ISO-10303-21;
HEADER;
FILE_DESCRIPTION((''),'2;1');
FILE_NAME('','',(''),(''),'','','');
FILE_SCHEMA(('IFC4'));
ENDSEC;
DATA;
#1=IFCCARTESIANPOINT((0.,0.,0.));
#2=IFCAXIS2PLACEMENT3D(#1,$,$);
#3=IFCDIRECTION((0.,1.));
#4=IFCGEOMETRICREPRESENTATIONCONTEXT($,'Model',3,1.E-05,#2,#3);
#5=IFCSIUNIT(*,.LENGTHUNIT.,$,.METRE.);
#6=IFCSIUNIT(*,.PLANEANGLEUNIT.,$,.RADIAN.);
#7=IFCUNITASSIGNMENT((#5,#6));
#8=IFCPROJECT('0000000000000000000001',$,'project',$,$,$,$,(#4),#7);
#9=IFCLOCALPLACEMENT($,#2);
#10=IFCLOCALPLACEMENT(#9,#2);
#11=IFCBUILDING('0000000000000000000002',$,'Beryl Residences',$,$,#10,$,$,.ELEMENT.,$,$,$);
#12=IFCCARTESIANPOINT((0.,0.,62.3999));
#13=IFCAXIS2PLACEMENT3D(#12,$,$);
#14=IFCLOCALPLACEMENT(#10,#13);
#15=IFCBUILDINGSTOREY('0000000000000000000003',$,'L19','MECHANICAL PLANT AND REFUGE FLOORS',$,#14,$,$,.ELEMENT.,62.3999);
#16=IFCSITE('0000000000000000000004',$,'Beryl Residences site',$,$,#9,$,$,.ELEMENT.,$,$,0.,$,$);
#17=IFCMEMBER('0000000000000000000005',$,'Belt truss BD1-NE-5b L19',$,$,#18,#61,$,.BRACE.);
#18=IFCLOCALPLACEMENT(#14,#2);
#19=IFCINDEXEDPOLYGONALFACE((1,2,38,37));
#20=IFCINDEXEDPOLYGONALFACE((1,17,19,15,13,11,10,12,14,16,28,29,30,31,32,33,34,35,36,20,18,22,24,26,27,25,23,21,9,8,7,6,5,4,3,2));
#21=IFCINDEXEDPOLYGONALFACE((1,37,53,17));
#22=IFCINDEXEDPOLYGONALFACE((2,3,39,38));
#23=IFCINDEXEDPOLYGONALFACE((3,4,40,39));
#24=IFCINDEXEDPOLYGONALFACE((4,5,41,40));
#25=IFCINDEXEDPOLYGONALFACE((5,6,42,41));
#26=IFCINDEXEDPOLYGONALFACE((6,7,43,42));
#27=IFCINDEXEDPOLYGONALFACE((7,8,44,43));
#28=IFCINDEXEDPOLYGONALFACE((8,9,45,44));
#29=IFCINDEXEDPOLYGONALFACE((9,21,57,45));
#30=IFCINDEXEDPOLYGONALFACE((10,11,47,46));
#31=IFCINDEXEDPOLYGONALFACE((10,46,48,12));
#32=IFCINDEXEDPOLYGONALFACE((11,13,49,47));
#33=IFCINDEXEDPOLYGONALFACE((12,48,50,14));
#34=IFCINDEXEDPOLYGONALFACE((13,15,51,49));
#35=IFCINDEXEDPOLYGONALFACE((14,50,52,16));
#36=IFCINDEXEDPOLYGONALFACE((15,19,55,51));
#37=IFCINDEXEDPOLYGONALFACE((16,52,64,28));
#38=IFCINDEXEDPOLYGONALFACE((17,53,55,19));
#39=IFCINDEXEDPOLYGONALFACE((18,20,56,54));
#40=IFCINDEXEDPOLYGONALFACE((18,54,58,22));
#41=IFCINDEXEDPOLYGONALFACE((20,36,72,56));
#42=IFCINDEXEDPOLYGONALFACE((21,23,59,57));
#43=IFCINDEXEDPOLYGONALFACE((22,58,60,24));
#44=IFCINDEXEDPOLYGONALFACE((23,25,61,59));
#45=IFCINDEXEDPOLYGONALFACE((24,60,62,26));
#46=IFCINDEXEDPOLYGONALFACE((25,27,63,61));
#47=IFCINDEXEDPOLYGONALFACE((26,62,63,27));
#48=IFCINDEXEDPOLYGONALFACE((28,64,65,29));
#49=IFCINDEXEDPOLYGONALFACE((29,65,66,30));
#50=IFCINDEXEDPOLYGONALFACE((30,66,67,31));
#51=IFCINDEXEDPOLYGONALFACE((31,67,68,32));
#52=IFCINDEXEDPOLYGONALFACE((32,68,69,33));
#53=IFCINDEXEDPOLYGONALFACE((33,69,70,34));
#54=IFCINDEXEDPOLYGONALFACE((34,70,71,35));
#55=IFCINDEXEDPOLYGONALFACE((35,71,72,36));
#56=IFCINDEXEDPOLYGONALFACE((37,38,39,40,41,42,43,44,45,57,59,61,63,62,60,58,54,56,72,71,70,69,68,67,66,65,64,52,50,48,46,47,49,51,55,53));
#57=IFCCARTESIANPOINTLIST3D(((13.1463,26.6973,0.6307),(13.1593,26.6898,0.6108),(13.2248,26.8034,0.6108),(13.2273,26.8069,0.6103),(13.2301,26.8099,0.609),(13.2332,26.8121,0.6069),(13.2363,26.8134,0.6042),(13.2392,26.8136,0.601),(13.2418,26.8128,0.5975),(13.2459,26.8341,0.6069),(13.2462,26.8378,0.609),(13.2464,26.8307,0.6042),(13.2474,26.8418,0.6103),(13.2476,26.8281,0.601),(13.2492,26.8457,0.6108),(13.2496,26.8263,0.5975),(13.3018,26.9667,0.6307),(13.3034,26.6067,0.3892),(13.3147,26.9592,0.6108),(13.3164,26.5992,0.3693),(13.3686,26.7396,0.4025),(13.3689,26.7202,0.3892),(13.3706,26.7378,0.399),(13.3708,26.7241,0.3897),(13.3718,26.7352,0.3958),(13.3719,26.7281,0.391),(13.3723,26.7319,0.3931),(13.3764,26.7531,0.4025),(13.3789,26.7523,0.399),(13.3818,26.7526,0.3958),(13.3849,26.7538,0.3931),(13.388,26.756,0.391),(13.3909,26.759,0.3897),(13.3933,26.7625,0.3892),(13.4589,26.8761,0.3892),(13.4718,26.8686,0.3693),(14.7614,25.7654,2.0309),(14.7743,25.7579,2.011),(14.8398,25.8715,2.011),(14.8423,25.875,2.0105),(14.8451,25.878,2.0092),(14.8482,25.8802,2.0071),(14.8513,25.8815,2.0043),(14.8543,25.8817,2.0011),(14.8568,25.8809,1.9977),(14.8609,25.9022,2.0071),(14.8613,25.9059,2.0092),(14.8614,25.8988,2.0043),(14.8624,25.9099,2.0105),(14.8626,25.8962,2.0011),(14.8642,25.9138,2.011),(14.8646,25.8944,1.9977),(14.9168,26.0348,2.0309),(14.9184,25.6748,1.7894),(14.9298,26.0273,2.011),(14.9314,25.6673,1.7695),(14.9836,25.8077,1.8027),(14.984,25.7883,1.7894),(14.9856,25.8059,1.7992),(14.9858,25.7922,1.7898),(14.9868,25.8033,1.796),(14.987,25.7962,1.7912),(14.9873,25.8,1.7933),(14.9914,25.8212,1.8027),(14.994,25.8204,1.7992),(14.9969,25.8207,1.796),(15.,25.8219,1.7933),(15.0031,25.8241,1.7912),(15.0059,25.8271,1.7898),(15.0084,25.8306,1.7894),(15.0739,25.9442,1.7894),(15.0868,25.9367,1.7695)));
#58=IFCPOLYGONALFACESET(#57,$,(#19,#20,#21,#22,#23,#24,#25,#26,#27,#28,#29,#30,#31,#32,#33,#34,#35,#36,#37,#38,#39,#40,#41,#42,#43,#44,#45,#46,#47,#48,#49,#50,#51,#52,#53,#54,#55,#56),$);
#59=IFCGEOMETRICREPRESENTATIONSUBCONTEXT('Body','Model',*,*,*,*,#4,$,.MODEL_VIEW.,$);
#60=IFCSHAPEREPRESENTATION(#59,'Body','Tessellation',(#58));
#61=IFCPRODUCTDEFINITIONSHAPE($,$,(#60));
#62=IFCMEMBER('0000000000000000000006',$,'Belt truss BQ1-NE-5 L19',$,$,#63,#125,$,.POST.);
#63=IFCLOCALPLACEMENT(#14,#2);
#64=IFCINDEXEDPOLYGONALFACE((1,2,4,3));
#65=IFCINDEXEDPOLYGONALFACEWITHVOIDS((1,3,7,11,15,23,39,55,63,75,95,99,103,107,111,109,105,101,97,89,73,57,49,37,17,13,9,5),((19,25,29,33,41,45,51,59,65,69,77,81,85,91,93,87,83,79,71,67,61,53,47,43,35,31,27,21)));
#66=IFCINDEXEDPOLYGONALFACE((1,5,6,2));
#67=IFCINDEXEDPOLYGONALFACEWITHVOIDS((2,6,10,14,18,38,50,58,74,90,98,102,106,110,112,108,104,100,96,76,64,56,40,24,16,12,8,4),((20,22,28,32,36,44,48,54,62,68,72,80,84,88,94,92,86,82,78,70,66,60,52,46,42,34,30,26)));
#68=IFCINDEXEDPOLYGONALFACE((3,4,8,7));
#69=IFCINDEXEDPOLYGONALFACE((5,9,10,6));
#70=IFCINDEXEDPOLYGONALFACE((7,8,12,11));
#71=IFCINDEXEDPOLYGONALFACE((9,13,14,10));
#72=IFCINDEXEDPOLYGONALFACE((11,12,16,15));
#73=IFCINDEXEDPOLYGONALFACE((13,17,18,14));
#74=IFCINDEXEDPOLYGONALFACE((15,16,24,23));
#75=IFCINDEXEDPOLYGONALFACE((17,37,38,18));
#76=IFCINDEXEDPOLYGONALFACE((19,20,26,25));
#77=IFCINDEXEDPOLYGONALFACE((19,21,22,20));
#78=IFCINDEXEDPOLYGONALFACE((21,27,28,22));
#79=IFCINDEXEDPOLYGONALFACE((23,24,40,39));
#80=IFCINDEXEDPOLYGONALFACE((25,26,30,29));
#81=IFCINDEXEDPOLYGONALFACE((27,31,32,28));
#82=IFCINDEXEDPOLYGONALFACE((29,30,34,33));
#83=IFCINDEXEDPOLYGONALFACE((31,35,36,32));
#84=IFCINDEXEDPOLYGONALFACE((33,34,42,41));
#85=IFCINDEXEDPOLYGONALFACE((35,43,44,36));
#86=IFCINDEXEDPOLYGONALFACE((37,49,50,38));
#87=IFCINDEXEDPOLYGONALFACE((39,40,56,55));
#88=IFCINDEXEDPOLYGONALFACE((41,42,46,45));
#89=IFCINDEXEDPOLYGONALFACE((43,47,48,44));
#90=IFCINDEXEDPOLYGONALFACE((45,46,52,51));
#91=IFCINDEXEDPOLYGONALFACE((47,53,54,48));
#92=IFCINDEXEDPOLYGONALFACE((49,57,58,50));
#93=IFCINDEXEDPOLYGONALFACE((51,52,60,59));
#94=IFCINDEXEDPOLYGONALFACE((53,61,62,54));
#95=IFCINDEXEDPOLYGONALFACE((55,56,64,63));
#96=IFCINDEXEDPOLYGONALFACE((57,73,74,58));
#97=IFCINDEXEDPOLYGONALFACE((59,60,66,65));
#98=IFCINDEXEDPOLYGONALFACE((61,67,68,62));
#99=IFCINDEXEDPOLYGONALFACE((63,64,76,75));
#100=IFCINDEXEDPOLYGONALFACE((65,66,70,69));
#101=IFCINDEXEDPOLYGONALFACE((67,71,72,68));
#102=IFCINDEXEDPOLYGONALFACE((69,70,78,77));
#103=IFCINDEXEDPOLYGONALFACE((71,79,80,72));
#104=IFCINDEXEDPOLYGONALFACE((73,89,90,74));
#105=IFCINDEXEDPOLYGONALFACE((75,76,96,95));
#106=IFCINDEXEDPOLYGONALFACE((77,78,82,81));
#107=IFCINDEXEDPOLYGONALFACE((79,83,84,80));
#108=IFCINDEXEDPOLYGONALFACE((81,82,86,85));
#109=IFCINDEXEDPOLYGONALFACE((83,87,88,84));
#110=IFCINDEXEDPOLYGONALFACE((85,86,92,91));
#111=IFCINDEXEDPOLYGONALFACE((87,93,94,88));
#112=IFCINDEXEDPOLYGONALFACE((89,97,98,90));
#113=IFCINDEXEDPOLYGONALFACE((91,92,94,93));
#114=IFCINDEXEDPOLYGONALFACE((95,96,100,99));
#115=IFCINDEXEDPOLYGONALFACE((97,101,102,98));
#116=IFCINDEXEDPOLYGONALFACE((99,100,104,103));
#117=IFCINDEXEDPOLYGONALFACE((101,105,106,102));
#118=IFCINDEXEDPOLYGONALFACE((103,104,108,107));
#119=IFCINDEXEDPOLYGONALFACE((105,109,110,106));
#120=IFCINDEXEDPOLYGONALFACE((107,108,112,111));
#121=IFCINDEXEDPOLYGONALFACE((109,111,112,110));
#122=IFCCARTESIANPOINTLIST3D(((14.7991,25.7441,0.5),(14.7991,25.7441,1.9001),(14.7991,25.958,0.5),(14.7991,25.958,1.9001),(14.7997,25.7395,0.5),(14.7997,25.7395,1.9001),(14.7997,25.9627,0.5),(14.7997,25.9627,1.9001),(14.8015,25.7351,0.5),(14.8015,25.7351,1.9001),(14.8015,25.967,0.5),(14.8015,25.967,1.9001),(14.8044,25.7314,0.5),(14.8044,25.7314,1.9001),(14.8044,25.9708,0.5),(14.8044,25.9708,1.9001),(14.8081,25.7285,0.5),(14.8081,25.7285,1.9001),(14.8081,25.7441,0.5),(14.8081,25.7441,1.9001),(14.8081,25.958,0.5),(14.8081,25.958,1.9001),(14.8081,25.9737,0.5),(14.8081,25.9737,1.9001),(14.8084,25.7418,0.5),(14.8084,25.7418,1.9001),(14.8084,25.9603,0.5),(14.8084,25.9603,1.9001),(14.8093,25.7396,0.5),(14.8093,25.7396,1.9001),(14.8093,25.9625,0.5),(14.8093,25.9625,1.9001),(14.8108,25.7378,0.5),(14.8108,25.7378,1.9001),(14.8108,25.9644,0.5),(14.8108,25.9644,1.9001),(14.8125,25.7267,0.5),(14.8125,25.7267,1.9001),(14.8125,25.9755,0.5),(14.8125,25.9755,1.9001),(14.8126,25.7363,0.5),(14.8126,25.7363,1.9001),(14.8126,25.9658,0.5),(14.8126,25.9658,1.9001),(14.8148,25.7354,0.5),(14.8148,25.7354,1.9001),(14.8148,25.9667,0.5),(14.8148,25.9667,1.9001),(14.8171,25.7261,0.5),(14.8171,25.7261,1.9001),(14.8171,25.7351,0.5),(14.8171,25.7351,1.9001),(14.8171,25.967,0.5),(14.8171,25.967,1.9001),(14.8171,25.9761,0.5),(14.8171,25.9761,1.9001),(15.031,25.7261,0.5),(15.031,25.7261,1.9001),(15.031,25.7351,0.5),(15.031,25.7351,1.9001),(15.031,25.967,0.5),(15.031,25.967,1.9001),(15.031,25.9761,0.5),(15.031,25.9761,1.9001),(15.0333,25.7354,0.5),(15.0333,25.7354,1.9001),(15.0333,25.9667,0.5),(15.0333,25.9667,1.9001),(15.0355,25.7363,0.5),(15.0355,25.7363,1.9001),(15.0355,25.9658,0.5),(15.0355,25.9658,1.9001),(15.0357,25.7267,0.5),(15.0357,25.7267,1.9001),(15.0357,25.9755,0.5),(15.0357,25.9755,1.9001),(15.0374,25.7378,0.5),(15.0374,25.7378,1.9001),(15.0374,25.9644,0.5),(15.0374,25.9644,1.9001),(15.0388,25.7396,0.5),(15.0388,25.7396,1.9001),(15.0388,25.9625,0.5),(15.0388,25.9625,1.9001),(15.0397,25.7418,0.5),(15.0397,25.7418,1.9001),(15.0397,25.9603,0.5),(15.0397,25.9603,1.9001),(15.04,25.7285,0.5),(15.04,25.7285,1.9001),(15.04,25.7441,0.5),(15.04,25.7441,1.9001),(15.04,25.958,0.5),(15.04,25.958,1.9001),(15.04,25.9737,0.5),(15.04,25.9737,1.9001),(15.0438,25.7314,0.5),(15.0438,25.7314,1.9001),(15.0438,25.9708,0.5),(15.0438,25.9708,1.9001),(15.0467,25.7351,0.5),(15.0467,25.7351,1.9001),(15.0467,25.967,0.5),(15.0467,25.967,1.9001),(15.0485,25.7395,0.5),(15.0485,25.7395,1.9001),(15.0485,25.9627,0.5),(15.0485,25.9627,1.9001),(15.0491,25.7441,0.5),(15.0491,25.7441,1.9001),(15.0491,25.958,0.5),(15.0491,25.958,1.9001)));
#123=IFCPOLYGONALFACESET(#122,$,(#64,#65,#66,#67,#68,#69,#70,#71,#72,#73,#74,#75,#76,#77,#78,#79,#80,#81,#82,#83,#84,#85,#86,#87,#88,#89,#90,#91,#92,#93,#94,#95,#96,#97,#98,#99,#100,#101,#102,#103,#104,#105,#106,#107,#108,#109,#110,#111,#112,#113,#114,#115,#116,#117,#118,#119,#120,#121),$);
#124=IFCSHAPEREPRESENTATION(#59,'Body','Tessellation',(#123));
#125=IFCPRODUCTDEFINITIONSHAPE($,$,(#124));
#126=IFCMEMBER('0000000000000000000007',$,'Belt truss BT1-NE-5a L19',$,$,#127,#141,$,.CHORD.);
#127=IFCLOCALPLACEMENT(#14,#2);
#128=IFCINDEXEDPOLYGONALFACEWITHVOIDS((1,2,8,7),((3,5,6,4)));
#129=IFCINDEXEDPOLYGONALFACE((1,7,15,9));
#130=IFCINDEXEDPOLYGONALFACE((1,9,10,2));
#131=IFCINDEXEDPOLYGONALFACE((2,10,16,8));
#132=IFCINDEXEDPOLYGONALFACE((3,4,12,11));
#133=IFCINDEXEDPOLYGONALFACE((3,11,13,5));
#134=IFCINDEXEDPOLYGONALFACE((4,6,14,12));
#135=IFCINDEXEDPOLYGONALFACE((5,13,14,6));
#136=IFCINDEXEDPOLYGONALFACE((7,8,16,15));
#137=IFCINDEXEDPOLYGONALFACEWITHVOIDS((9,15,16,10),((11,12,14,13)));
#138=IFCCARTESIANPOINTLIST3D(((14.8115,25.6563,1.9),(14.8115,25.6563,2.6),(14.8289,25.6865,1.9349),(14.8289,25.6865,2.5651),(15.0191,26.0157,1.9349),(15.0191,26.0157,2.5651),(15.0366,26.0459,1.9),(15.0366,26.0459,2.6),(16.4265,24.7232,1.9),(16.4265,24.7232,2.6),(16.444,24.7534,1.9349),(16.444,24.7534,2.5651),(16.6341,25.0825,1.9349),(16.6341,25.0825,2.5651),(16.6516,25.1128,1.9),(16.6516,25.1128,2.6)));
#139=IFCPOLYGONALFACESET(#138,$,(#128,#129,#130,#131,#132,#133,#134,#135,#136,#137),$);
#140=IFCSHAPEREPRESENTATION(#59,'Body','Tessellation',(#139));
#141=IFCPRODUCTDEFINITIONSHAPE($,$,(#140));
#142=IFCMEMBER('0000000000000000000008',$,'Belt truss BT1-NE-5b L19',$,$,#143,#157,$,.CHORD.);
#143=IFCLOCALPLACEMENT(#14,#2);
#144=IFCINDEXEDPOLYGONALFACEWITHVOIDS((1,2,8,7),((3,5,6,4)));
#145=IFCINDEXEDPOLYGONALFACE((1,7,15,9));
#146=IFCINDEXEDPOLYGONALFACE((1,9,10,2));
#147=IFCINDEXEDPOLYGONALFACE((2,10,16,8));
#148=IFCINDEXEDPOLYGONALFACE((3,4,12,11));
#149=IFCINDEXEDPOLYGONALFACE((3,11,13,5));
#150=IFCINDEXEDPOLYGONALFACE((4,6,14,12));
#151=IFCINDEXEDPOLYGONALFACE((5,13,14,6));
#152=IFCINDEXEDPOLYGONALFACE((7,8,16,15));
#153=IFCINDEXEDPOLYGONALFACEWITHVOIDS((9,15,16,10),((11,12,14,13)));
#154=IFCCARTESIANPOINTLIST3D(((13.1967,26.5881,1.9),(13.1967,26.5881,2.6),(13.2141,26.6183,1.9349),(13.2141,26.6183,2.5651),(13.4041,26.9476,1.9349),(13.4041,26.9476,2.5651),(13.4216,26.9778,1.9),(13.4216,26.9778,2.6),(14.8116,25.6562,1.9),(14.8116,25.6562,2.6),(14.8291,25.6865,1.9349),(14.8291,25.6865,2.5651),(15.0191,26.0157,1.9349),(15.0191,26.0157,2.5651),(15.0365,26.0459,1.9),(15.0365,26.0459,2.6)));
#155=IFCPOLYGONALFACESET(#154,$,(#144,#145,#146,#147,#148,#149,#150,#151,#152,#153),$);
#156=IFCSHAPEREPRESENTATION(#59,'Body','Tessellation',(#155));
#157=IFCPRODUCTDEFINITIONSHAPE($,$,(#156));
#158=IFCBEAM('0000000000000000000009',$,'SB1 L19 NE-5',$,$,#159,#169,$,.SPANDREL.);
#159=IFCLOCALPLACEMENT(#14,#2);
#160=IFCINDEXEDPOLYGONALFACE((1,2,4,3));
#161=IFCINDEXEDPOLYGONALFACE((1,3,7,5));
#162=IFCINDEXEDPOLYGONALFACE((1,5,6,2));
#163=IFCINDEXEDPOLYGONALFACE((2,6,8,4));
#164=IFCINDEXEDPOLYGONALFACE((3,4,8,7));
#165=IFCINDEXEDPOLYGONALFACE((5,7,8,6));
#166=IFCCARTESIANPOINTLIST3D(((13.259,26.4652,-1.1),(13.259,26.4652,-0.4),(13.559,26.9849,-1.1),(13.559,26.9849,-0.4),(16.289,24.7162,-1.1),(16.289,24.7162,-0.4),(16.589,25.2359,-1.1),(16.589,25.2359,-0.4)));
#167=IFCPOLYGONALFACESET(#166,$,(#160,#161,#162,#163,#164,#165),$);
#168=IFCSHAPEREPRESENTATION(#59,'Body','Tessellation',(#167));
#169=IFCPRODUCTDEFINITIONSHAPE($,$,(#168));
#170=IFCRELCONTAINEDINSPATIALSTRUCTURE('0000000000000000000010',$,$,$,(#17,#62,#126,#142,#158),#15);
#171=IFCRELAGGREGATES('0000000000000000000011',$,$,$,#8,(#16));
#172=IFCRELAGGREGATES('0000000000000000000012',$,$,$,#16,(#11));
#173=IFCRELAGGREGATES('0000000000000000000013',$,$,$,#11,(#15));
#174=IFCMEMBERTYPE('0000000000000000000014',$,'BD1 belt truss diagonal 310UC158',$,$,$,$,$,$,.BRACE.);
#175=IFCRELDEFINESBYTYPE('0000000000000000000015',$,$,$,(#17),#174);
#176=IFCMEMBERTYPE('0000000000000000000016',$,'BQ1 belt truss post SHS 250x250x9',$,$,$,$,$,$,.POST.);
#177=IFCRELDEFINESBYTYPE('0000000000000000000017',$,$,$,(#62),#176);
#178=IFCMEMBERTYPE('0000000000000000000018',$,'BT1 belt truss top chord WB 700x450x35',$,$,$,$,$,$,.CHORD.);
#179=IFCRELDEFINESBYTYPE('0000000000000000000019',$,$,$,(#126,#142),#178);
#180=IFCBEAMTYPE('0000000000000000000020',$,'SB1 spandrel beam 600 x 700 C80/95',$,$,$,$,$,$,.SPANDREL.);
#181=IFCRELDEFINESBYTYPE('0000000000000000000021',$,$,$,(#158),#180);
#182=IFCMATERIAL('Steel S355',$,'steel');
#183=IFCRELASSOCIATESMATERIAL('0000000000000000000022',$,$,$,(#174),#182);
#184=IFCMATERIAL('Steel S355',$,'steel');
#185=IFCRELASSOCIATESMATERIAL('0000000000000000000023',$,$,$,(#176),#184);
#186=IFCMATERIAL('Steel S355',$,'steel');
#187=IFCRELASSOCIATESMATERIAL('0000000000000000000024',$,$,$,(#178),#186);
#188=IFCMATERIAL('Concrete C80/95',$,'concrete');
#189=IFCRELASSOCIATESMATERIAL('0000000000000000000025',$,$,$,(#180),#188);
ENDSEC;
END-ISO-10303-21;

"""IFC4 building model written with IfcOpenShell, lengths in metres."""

from ifc_helpers import new_model, si_unit, direction, frame, origin, origin_2d, place, context, subcontext, project, spatial, rectangle, hollow_rectangle, i_section, extrude, material, material_profile, profile_set, type_object, element, save


model = new_model("IFC4")

# Units and contexts
model_context = context("Model", 3, precision=1e-05, world=origin(), true_north=direction((0.0, 1.0)))
body_context = subcontext(model_context, "Body", "Model", "MODEL_VIEW")
ifc_project = project(units=[si_unit("LENGTHUNIT", "METRE"), si_unit("PLANEANGLEUNIT", "RADIAN")], contexts=[model_context])

# Site, building, storey
site_placement = place(None, origin())
site = spatial("IfcSite", under=ifc_project, at=site_placement, Name="Beryl Residences site", CompositionType="ELEMENT", RefElevation=0.0)
building_placement = place(site_placement, origin())
building = spatial("IfcBuilding", under=site, at=building_placement, Name="Beryl Residences", CompositionType="ELEMENT")
storey_placement = place(building_placement, frame((0.0, 0.0, 62.3999)))
storey = spatial("IfcBuildingStorey", under=building, at=storey_placement, Name="L19", Description="MECHANICAL PLANT AND REFUGE FLOORS", CompositionType="ELEMENT", Elevation=62.3999)

# Members
ifc_material_1 = material(Name="Steel S355", Category="steel")
ifc_material_profile_1 = material_profile(ifc_material_1, i_section(OverallWidth=0.311, OverallDepth=0.3269, WebThickness=0.0156, FlangeThickness=0.0249, FilletRadius=0.0166, at=origin_2d()))
ifc_profile_set_1 = profile_set([ifc_material_profile_1], Name="Steel S355")
member_type_1 = type_object("IfcMemberType", Name="BD1 belt truss diagonal 310UC158", PredefinedType="BRACE", material=ifc_profile_set_1)
member_1_placement = place(storey_placement, frame((13.3091, 26.783, 0.5), z_axis=(0.692612, -0.399652, 0.600473), x_axis=(0.499787, 0.866149, 0.0)))
element("IfcMember", 1, at=member_1_placement, inside=storey, type_object=member_type_1, Name="Belt truss BD1-NE-5b L19", PredefinedType="BRACE", context=body_context, shape_type="SweptSolid", body=[
    extrude(i_section(OverallWidth=0.311, OverallDepth=0.3269, WebThickness=0.0156, FlangeThickness=0.0249, FilletRadius=0.0166, at=origin_2d()), origin(), (0.0, 0.0, 1.0), 2.3318),
])
ifc_material_2 = material(Name="Steel S355", Category="steel")
ifc_material_profile_2 = material_profile(ifc_material_2, hollow_rectangle(XDim=0.25, YDim=0.25, WallThickness=0.009, InnerFilletRadius=0.009, OuterFilletRadius=0.0181, at=origin_2d()))
ifc_profile_set_2 = profile_set([ifc_material_profile_2], Name="Steel S355")
member_type_2 = type_object("IfcMemberType", Name="BQ1 belt truss post SHS 250x250x9", PredefinedType="POST", material=ifc_profile_set_2)
member_2_placement = place(storey_placement, frame((14.9241, 25.8511, 0.5), z_axis=(0.0, 0.0, 1.0), x_axis=(1.0, 0.0, 0.0)))
element("IfcMember", 2, at=member_2_placement, inside=storey, type_object=member_type_2, Name="Belt truss BQ1-NE-5 L19", PredefinedType="POST", context=body_context, shape_type="SweptSolid", body=[
    extrude(hollow_rectangle(XDim=0.25, YDim=0.25, WallThickness=0.009, InnerFilletRadius=0.009, OuterFilletRadius=0.0181, at=origin_2d()), origin(), (0.0, 0.0, 1.0), 1.4001),
])
ifc_material_3 = material(Name="Steel S355", Category="steel")
ifc_material_profile_3 = material_profile(ifc_material_3, hollow_rectangle(XDim=0.45, YDim=0.7, WallThickness=0.0349, at=origin_2d()))
ifc_profile_set_3 = profile_set([ifc_material_profile_3], Name="Steel S355")
member_type_3 = type_object("IfcMemberType", Name="BT1 belt truss top chord WB 700x450x35", PredefinedType="CHORD", material=ifc_profile_set_3)
member_3_placement = place(storey_placement, frame((16.5391, 24.918, 2.25), z_axis=(-0.865865, 0.500278, 0.0), x_axis=(-0.500278, -0.865865, 0.0)))
element("IfcMember", 3, at=member_3_placement, inside=storey, type_object=member_type_3, Name="Belt truss BT1-NE-5a L19", PredefinedType="CHORD", context=body_context, shape_type="SweptSolid", body=[
    extrude(hollow_rectangle(XDim=0.45, YDim=0.7, WallThickness=0.0349, at=origin_2d()), origin(), (0.0, 0.0, 1.0), 1.8652),
])
member_4_placement = place(storey_placement, frame((14.9241, 25.8511, 2.25), z_axis=(-0.866149, 0.499787, 0.0), x_axis=(-0.499787, -0.866149, 0.0)))
element("IfcMember", 4, at=member_4_placement, inside=storey, type_object=member_type_3, Name="Belt truss BT1-NE-5b L19", PredefinedType="CHORD", context=body_context, shape_type="SweptSolid", body=[
    extrude(hollow_rectangle(XDim=0.45, YDim=0.7, WallThickness=0.0349, at=origin_2d()), origin(), (0.0, 0.0, 1.0), 1.8645),
])

# Beam
ifc_material_4 = material(Name="Concrete C80/95", Category="concrete")
ifc_material_profile_4 = material_profile(ifc_material_4, rectangle(XDim=0.6001, YDim=0.7, at=origin_2d()))
ifc_profile_set_4 = profile_set([ifc_material_profile_4], Name="Concrete C80/95")
beam_type = type_object("IfcBeamType", Name="SB1 spandrel beam 600 x 700 C80/95", PredefinedType="SPANDREL", material=ifc_profile_set_4)
beam_placement = place(storey_placement, frame((16.439, 24.9761, -0.75), z_axis=(-0.866071, 0.499922, 0.0), x_axis=(-0.499922, -0.866071, 0.0)))
element("IfcBeam", 5, at=beam_placement, inside=storey, type_object=beam_type, Name="SB1 L19 NE-5", PredefinedType="SPANDREL", context=body_context, shape_type="SweptSolid", body=[
    extrude(rectangle(XDim=0.6001, YDim=0.7, at=origin_2d()), origin(), (0.0, 0.0, 1.0), 3.4985),
])

save(model, "model.ifc")
